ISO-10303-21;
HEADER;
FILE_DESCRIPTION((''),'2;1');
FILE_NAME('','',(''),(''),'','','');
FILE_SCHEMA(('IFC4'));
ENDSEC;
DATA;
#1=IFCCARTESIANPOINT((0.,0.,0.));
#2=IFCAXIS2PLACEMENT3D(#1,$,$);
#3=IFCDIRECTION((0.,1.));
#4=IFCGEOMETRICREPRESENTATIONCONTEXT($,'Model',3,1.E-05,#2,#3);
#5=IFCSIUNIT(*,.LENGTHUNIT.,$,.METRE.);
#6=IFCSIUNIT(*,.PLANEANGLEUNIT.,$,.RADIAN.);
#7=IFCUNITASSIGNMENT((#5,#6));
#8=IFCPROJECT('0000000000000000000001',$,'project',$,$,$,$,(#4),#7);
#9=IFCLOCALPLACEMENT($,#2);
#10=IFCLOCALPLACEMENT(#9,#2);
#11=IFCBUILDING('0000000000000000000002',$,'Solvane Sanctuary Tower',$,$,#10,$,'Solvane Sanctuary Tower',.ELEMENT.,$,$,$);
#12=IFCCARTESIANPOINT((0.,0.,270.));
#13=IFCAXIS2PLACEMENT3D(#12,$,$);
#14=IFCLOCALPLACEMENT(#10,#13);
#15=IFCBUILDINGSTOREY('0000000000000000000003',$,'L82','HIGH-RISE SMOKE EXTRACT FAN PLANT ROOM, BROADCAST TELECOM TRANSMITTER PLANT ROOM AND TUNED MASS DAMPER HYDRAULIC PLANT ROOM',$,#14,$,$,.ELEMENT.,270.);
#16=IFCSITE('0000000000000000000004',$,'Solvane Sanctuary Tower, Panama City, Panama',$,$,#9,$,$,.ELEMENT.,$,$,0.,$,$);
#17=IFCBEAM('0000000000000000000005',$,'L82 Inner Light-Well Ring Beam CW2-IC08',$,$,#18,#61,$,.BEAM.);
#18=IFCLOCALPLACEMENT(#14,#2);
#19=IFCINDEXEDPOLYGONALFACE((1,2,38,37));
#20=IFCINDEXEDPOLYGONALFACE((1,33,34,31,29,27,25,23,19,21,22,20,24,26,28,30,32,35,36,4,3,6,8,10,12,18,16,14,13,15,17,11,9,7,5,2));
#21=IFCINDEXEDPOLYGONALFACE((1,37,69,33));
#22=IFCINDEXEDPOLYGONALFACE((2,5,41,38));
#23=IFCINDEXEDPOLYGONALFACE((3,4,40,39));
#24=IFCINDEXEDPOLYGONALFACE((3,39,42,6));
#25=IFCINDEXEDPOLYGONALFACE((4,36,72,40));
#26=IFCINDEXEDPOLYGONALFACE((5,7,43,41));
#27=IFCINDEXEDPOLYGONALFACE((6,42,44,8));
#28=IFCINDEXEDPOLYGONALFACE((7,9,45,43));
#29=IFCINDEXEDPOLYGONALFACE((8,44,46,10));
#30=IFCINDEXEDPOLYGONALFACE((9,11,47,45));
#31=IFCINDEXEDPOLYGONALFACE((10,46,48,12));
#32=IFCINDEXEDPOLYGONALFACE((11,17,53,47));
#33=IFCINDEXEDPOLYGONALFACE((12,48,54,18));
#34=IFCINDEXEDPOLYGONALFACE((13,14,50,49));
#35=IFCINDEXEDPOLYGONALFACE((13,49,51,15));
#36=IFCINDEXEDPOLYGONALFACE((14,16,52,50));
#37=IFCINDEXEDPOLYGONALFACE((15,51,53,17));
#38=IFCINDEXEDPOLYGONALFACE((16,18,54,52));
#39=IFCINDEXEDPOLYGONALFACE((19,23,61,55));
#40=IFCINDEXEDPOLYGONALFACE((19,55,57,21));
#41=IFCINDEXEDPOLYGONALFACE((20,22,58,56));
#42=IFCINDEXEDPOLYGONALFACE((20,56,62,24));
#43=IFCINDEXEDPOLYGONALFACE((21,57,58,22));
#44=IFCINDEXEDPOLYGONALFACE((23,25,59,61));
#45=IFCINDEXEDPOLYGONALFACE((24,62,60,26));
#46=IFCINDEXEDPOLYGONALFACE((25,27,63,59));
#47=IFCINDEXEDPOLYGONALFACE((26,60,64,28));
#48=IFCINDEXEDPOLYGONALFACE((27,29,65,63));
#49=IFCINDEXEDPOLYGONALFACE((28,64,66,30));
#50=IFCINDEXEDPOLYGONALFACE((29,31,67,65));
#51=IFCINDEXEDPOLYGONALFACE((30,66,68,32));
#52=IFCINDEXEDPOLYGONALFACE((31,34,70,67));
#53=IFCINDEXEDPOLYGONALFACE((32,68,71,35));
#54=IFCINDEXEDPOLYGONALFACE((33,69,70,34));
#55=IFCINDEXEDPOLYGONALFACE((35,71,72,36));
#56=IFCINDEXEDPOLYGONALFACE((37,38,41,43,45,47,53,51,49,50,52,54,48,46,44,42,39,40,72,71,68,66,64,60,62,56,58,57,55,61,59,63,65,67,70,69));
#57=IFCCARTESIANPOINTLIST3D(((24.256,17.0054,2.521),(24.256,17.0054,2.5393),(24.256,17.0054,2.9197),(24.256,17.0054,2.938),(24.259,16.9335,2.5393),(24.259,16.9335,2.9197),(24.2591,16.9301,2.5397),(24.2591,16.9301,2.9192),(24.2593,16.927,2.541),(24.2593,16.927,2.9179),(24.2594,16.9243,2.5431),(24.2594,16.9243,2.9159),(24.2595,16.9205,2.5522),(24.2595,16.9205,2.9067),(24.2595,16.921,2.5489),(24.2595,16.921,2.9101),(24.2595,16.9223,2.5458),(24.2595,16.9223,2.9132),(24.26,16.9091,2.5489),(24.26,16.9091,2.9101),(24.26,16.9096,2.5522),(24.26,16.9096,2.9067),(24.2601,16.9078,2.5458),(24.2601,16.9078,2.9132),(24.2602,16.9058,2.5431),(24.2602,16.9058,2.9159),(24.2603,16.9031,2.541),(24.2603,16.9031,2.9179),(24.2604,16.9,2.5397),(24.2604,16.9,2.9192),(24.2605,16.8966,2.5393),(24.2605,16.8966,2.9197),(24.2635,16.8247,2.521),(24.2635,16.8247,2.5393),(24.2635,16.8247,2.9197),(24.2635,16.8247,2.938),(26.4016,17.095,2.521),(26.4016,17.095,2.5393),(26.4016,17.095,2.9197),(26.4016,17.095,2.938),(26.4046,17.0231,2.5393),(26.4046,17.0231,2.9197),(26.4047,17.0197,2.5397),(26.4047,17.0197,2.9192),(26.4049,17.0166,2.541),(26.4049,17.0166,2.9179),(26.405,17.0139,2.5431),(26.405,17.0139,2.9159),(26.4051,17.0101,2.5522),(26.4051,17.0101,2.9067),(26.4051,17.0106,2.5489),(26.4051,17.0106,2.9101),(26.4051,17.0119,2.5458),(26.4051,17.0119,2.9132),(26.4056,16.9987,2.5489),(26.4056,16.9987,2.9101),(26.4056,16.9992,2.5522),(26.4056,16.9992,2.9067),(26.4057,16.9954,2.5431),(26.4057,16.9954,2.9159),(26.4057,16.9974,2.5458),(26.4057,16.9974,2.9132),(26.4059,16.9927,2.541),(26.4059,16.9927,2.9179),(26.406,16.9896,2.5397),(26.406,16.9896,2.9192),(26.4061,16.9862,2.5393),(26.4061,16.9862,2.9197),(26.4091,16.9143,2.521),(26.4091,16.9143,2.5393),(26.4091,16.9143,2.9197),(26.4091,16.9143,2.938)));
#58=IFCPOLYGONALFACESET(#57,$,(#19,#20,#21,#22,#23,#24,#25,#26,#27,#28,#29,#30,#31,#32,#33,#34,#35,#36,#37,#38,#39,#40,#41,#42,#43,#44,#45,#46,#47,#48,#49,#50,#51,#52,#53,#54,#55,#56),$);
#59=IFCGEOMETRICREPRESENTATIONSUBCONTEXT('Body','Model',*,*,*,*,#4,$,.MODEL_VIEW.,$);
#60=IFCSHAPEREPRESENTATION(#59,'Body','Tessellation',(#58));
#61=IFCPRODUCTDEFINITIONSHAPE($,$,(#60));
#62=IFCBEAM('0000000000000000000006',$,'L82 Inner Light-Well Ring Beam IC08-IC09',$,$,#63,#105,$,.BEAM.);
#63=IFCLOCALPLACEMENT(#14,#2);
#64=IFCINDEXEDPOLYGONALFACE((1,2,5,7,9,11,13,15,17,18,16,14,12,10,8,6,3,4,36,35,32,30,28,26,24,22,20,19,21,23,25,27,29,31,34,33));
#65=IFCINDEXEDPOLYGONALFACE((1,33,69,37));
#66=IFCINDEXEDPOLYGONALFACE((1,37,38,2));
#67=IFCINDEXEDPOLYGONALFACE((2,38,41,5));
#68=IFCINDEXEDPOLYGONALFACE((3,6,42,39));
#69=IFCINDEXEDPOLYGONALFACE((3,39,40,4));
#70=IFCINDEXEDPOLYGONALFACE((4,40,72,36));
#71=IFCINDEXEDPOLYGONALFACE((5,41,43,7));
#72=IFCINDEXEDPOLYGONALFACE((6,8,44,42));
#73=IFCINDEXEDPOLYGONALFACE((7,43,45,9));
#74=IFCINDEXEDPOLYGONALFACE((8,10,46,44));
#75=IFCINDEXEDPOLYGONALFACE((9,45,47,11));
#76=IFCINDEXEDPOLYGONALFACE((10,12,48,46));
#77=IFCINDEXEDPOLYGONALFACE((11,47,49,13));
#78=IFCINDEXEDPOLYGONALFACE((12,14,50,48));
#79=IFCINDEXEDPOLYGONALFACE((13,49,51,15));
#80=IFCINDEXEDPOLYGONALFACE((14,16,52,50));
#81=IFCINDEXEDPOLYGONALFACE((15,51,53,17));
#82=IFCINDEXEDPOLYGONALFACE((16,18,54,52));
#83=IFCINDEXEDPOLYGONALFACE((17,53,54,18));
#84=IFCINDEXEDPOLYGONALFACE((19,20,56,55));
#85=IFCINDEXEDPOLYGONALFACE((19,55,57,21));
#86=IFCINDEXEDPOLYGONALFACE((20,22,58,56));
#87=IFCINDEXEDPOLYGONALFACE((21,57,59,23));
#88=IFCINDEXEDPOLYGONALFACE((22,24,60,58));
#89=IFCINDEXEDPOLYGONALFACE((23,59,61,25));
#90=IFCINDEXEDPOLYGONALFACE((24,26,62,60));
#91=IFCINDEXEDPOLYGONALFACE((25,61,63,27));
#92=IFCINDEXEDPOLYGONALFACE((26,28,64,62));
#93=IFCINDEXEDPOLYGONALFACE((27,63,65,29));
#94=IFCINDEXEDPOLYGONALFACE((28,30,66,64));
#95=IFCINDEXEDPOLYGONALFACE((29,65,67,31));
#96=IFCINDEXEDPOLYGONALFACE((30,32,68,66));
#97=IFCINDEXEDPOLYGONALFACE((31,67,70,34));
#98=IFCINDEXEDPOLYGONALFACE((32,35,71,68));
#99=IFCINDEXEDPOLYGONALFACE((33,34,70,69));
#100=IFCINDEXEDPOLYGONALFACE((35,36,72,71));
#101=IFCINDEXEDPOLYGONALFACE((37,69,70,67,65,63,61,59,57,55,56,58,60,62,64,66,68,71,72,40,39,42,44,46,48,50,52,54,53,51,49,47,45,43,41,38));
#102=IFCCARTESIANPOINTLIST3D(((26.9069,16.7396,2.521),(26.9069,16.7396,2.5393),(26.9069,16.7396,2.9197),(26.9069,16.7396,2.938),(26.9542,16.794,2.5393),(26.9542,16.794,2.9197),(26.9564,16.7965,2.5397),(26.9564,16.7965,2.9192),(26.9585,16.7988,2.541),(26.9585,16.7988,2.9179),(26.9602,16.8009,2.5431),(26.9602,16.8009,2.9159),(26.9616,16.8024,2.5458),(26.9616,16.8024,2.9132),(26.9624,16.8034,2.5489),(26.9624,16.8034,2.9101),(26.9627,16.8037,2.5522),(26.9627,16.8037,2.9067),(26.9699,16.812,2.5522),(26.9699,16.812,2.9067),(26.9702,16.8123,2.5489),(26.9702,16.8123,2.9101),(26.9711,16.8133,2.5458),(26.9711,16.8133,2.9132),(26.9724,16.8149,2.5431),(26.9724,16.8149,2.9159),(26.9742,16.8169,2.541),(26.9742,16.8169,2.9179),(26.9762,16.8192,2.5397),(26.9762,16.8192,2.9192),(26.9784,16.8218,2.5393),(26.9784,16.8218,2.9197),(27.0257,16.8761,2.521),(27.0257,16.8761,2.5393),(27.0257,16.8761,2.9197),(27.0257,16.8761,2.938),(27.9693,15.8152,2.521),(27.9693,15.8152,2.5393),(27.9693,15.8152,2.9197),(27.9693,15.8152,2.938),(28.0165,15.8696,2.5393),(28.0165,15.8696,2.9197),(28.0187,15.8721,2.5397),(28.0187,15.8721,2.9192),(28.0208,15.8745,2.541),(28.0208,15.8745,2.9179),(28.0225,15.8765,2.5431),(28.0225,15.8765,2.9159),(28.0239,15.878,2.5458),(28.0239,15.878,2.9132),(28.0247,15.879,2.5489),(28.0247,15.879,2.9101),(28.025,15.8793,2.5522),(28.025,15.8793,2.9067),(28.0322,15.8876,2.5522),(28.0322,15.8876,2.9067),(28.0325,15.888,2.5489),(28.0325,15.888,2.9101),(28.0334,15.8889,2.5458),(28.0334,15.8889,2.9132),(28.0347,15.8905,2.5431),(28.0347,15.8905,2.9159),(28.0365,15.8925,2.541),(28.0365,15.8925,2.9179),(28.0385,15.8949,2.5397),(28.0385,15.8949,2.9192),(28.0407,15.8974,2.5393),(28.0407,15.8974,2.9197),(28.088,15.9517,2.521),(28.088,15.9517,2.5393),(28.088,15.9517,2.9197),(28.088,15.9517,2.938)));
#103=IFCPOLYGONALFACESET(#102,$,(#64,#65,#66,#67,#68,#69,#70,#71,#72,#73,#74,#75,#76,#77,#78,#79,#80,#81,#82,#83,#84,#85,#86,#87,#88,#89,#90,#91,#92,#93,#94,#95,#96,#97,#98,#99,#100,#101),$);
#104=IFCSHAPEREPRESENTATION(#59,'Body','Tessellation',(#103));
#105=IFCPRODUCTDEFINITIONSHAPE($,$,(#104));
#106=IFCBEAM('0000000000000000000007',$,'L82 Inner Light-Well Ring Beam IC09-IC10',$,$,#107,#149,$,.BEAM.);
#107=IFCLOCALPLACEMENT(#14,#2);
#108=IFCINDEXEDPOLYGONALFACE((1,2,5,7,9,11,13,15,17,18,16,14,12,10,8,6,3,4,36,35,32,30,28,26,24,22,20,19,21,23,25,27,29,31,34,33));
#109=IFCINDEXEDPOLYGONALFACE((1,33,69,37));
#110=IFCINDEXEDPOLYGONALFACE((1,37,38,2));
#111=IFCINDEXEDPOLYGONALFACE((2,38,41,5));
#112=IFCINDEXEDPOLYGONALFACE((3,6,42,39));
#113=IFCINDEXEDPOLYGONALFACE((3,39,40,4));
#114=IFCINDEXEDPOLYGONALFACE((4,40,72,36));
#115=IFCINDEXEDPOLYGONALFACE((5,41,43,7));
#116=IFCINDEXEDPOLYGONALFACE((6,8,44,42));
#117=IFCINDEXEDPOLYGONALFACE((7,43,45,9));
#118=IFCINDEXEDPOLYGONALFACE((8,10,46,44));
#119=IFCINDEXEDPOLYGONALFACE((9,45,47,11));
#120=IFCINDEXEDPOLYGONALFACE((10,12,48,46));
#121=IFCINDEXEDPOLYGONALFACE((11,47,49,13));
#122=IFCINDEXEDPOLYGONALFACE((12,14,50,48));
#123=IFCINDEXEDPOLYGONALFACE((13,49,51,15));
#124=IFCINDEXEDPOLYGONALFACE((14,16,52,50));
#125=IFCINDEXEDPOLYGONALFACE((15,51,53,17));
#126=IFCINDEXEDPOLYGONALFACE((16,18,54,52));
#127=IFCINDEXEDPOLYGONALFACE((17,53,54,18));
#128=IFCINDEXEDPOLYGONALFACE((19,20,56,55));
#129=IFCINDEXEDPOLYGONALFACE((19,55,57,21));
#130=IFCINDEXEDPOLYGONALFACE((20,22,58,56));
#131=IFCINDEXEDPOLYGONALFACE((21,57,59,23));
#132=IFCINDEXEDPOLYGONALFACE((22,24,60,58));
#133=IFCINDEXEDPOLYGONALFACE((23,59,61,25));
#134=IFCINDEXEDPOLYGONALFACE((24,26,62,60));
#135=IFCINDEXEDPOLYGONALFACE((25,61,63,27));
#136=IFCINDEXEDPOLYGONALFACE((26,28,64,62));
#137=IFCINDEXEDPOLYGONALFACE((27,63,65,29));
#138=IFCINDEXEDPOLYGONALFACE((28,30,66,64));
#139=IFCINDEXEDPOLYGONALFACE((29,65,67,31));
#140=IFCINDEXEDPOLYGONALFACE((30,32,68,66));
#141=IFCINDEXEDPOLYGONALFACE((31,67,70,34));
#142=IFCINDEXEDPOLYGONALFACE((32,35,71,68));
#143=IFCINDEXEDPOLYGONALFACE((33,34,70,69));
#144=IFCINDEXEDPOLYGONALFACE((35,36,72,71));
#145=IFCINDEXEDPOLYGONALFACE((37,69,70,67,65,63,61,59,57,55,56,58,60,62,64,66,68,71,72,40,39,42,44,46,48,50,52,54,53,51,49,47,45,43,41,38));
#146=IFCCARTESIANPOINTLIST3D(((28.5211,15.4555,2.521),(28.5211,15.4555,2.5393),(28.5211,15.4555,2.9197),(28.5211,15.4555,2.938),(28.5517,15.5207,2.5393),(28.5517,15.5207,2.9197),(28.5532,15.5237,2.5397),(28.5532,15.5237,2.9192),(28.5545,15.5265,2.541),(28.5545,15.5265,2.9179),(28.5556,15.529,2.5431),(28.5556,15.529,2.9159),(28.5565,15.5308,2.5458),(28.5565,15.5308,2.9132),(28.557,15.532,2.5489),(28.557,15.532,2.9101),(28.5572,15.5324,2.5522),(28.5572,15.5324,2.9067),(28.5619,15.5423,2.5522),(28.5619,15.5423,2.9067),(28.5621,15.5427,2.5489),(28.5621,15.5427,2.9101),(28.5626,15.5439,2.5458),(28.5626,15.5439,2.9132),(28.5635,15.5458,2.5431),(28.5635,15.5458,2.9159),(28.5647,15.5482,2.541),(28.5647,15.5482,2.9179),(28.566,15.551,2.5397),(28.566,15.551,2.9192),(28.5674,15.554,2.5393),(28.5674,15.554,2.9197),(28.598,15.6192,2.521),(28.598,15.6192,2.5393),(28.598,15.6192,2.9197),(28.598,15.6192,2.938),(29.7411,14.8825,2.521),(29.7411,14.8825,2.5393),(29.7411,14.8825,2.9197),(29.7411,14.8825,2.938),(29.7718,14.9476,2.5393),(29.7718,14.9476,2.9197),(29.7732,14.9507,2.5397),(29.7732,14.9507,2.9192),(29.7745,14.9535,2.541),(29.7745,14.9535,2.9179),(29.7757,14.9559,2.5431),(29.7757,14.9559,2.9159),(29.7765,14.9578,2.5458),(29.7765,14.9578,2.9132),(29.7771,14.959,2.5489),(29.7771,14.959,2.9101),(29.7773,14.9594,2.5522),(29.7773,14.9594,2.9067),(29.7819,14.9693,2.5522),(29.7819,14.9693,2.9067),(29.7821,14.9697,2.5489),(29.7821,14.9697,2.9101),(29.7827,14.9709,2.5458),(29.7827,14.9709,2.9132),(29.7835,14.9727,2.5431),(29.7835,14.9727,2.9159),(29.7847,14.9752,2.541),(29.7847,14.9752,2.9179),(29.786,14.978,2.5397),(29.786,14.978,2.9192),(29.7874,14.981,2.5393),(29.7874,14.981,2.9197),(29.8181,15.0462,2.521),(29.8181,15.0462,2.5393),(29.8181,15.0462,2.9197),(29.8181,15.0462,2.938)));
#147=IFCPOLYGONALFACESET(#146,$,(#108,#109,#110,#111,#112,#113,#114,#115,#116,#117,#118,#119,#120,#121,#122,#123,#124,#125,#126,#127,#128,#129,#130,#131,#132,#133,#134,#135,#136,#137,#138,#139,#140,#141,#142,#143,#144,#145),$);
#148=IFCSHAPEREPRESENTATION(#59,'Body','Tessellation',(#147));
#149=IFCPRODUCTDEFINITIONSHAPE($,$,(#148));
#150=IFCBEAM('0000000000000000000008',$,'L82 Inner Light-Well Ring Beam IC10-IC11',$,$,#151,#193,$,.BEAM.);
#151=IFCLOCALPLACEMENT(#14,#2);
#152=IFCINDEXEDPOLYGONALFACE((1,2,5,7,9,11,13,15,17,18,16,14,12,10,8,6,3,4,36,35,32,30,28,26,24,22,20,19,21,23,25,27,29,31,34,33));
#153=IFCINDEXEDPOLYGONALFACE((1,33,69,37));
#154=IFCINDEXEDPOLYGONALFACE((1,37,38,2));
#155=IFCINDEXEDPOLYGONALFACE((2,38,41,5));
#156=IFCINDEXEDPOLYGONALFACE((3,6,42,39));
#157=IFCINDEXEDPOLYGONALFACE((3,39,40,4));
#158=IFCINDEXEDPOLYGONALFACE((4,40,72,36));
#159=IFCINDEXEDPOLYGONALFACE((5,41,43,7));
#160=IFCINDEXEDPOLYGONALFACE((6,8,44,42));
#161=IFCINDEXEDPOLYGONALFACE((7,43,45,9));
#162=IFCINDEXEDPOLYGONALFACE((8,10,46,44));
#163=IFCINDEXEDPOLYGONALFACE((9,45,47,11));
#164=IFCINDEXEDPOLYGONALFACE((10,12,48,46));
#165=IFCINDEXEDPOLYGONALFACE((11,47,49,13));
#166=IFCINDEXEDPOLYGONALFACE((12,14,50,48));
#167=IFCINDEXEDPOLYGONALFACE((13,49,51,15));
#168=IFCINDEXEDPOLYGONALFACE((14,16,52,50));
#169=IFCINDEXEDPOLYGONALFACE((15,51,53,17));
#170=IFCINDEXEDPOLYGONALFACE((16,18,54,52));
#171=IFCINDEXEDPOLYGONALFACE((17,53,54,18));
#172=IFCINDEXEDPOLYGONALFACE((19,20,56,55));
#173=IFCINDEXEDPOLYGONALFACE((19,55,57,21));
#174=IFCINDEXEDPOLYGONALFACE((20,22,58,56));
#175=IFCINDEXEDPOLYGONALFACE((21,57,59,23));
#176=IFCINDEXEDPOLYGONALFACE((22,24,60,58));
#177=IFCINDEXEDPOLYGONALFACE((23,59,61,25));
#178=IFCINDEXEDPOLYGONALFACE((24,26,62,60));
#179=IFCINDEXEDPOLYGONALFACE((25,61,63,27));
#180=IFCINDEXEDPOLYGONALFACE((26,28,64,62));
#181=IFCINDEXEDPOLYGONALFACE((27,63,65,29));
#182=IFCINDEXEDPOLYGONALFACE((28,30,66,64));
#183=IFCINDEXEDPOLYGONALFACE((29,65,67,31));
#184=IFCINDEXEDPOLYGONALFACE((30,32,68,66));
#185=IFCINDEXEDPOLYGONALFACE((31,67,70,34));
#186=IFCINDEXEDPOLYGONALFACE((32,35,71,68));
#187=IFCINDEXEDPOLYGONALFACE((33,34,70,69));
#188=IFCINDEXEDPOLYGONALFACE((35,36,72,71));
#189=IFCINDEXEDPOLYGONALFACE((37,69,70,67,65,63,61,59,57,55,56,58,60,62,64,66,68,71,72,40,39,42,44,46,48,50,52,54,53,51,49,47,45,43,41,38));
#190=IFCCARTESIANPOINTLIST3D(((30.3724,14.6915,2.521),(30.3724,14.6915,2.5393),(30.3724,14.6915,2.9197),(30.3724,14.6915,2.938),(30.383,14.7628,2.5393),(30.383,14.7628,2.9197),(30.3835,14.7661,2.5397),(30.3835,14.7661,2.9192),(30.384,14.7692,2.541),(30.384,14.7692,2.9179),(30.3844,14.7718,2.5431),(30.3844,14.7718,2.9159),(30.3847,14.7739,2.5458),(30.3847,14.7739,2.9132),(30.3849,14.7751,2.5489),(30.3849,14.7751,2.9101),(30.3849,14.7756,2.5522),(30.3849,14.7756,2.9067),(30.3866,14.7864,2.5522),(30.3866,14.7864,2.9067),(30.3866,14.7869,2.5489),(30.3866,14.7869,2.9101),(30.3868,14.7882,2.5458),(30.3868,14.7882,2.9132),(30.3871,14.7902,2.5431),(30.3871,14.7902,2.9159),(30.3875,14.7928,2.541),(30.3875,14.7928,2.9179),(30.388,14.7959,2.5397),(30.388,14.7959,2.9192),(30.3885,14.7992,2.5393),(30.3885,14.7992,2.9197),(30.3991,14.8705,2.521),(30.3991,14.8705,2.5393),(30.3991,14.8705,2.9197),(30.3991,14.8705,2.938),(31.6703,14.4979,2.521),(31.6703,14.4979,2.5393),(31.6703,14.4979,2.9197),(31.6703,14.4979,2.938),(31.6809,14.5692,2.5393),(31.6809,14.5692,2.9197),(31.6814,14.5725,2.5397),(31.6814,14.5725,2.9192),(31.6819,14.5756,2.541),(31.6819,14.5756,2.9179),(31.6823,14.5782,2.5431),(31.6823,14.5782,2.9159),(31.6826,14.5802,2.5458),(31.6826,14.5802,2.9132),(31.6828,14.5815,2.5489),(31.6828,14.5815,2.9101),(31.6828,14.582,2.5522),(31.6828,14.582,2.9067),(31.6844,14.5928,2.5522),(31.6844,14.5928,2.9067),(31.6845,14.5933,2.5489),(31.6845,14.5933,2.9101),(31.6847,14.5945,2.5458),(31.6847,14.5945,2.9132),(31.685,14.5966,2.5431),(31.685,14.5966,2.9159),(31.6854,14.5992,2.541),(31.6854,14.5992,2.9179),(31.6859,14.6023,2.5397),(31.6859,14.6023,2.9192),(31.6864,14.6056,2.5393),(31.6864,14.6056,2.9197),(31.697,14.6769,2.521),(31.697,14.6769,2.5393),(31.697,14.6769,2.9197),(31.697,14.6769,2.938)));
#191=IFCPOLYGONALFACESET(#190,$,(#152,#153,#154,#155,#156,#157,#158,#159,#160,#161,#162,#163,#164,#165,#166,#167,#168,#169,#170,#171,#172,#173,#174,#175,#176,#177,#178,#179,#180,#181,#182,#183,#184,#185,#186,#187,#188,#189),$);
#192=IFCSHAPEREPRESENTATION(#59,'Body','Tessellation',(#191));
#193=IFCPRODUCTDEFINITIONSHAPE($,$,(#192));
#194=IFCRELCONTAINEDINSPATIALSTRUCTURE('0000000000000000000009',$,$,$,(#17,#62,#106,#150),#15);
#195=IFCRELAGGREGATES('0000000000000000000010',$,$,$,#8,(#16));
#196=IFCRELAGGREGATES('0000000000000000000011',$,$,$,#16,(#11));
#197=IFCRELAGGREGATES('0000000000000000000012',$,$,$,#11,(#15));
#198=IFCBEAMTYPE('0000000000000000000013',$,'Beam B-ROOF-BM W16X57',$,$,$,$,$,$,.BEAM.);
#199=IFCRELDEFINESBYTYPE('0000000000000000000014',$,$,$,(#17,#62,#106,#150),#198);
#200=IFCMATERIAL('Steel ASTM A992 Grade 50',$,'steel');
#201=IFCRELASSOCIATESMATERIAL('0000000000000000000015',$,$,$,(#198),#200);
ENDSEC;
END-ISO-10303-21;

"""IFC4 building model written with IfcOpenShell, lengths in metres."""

from ifc_helpers import new_model, si_unit, direction, frame, origin, origin_2d, place, context, subcontext, project, spatial, i_section, extrude, material, material_profile, profile_set, type_object, element, save


model = new_model("IFC4")

# Units and contexts
model_context = context("Model", 3, precision=1e-05, world=origin(), true_north=direction((0.0, 1.0)))
body_context = subcontext(model_context, "Body", "Model", "MODEL_VIEW")
ifc_project = project(units=[si_unit("LENGTHUNIT", "METRE"), si_unit("PLANEANGLEUNIT", "RADIAN")], contexts=[model_context])

# Site, building, storey
site_placement = place(None, origin())
site = spatial("IfcSite", under=ifc_project, at=site_placement, Name="Solvane Sanctuary Tower, Panama City, Panama", CompositionType="ELEMENT", RefElevation=0.0)
building_placement = place(site_placement, origin())
building = spatial("IfcBuilding", under=site, at=building_placement, Name="Solvane Sanctuary Tower", LongName="Solvane Sanctuary Tower", CompositionType="ELEMENT")
storey_placement = place(building_placement, frame((0.0, 0.0, 270.0)))
storey = spatial("IfcBuildingStorey", under=building, at=storey_placement, Name="L82", Description="HIGH-RISE SMOKE EXTRACT FAN PLANT ROOM, BROADCAST TELECOM TRANSMITTER PLANT ROOM AND TUNED MASS DAMPER HYDRAULIC PLANT ROOM", CompositionType="ELEMENT", Elevation=270.0)

# Beams
ifc_material_1 = material(Name="Steel ASTM A992 Grade 50", Category="steel")
ifc_material_profile_1 = material_profile(ifc_material_1, i_section(OverallWidth=0.1809, OverallDepth=0.417, WebThickness=0.011, FlangeThickness=0.0183, FilletRadius=0.0129, at=origin_2d()), Name="W16X57")
ifc_profile_set_1 = profile_set([ifc_material_profile_1], Name="Steel ASTM A992 Grade 50")
beam_type_1 = type_object("IfcBeamType", Name="Beam B-ROOF-BM W16X57", PredefinedType="BEAM", material=ifc_profile_set_1)
beam_1_placement = place(storey_placement, frame((24.2598, 16.915, 2.7295), z_axis=(0.999129, 0.041725, 0.0), x_axis=(-0.041725, 0.999129, 0.0)))
element("IfcBeam", 1, at=beam_1_placement, inside=storey, type_object=beam_type_1, Name="L82 Inner Light-Well Ring Beam CW2-IC08", PredefinedType="BEAM", context=body_context, shape_type="SweptSolid", body=[
    extrude(i_section(OverallWidth=0.1809, OverallDepth=0.417, WebThickness=0.011, FlangeThickness=0.0183, FilletRadius=0.0129, at=origin_2d()), origin(), (0.0, 0.0, 1.0), 2.1475),
])
beam_2_placement = place(storey_placement, frame((26.9663, 16.8079, 2.7295), z_axis=(0.754389, -0.656428, 0.0), x_axis=(0.656428, 0.754389, 0.0)))
element("IfcBeam", 2, at=beam_2_placement, inside=storey, type_object=beam_type_1, Name="L82 Inner Light-Well Ring Beam IC08-IC09", PredefinedType="BEAM", context=body_context, shape_type="SweptSolid", body=[
    extrude(i_section(OverallWidth=0.1809, OverallDepth=0.417, WebThickness=0.011, FlangeThickness=0.0183, FilletRadius=0.0129, at=origin_2d()), origin(), (0.0, 0.0, 1.0), 1.4082),
])
beam_3_placement = place(storey_placement, frame((28.5596, 15.5374, 2.7295), z_axis=(0.905135, -0.425125, 0.0), x_axis=(0.425125, 0.905135, 0.0)))
element("IfcBeam", 3, at=beam_3_placement, inside=storey, type_object=beam_type_1, Name="L82 Inner Light-Well Ring Beam IC09-IC10", PredefinedType="BEAM", context=body_context, shape_type="SweptSolid", body=[
    extrude(i_section(OverallWidth=0.1809, OverallDepth=0.417, WebThickness=0.011, FlangeThickness=0.0183, FilletRadius=0.0129, at=origin_2d()), origin(), (0.0, 0.0, 1.0), 1.3479),
])
beam_4_placement = place(storey_placement, frame((30.3857, 14.781, 2.7295), z_axis=(0.989056, -0.14754, 0.0), x_axis=(0.14754, 0.989056, 0.0)))
element("IfcBeam", 4, at=beam_4_placement, inside=storey, type_object=beam_type_1, Name="L82 Inner Light-Well Ring Beam IC10-IC11", PredefinedType="BEAM", context=body_context, shape_type="SweptSolid", body=[
    extrude(i_section(OverallWidth=0.1809, OverallDepth=0.417, WebThickness=0.011, FlangeThickness=0.0183, FilletRadius=0.0129, at=origin_2d()), origin(), (0.0, 0.0, 1.0), 1.3123),
])

save(model, "model.ifc")
